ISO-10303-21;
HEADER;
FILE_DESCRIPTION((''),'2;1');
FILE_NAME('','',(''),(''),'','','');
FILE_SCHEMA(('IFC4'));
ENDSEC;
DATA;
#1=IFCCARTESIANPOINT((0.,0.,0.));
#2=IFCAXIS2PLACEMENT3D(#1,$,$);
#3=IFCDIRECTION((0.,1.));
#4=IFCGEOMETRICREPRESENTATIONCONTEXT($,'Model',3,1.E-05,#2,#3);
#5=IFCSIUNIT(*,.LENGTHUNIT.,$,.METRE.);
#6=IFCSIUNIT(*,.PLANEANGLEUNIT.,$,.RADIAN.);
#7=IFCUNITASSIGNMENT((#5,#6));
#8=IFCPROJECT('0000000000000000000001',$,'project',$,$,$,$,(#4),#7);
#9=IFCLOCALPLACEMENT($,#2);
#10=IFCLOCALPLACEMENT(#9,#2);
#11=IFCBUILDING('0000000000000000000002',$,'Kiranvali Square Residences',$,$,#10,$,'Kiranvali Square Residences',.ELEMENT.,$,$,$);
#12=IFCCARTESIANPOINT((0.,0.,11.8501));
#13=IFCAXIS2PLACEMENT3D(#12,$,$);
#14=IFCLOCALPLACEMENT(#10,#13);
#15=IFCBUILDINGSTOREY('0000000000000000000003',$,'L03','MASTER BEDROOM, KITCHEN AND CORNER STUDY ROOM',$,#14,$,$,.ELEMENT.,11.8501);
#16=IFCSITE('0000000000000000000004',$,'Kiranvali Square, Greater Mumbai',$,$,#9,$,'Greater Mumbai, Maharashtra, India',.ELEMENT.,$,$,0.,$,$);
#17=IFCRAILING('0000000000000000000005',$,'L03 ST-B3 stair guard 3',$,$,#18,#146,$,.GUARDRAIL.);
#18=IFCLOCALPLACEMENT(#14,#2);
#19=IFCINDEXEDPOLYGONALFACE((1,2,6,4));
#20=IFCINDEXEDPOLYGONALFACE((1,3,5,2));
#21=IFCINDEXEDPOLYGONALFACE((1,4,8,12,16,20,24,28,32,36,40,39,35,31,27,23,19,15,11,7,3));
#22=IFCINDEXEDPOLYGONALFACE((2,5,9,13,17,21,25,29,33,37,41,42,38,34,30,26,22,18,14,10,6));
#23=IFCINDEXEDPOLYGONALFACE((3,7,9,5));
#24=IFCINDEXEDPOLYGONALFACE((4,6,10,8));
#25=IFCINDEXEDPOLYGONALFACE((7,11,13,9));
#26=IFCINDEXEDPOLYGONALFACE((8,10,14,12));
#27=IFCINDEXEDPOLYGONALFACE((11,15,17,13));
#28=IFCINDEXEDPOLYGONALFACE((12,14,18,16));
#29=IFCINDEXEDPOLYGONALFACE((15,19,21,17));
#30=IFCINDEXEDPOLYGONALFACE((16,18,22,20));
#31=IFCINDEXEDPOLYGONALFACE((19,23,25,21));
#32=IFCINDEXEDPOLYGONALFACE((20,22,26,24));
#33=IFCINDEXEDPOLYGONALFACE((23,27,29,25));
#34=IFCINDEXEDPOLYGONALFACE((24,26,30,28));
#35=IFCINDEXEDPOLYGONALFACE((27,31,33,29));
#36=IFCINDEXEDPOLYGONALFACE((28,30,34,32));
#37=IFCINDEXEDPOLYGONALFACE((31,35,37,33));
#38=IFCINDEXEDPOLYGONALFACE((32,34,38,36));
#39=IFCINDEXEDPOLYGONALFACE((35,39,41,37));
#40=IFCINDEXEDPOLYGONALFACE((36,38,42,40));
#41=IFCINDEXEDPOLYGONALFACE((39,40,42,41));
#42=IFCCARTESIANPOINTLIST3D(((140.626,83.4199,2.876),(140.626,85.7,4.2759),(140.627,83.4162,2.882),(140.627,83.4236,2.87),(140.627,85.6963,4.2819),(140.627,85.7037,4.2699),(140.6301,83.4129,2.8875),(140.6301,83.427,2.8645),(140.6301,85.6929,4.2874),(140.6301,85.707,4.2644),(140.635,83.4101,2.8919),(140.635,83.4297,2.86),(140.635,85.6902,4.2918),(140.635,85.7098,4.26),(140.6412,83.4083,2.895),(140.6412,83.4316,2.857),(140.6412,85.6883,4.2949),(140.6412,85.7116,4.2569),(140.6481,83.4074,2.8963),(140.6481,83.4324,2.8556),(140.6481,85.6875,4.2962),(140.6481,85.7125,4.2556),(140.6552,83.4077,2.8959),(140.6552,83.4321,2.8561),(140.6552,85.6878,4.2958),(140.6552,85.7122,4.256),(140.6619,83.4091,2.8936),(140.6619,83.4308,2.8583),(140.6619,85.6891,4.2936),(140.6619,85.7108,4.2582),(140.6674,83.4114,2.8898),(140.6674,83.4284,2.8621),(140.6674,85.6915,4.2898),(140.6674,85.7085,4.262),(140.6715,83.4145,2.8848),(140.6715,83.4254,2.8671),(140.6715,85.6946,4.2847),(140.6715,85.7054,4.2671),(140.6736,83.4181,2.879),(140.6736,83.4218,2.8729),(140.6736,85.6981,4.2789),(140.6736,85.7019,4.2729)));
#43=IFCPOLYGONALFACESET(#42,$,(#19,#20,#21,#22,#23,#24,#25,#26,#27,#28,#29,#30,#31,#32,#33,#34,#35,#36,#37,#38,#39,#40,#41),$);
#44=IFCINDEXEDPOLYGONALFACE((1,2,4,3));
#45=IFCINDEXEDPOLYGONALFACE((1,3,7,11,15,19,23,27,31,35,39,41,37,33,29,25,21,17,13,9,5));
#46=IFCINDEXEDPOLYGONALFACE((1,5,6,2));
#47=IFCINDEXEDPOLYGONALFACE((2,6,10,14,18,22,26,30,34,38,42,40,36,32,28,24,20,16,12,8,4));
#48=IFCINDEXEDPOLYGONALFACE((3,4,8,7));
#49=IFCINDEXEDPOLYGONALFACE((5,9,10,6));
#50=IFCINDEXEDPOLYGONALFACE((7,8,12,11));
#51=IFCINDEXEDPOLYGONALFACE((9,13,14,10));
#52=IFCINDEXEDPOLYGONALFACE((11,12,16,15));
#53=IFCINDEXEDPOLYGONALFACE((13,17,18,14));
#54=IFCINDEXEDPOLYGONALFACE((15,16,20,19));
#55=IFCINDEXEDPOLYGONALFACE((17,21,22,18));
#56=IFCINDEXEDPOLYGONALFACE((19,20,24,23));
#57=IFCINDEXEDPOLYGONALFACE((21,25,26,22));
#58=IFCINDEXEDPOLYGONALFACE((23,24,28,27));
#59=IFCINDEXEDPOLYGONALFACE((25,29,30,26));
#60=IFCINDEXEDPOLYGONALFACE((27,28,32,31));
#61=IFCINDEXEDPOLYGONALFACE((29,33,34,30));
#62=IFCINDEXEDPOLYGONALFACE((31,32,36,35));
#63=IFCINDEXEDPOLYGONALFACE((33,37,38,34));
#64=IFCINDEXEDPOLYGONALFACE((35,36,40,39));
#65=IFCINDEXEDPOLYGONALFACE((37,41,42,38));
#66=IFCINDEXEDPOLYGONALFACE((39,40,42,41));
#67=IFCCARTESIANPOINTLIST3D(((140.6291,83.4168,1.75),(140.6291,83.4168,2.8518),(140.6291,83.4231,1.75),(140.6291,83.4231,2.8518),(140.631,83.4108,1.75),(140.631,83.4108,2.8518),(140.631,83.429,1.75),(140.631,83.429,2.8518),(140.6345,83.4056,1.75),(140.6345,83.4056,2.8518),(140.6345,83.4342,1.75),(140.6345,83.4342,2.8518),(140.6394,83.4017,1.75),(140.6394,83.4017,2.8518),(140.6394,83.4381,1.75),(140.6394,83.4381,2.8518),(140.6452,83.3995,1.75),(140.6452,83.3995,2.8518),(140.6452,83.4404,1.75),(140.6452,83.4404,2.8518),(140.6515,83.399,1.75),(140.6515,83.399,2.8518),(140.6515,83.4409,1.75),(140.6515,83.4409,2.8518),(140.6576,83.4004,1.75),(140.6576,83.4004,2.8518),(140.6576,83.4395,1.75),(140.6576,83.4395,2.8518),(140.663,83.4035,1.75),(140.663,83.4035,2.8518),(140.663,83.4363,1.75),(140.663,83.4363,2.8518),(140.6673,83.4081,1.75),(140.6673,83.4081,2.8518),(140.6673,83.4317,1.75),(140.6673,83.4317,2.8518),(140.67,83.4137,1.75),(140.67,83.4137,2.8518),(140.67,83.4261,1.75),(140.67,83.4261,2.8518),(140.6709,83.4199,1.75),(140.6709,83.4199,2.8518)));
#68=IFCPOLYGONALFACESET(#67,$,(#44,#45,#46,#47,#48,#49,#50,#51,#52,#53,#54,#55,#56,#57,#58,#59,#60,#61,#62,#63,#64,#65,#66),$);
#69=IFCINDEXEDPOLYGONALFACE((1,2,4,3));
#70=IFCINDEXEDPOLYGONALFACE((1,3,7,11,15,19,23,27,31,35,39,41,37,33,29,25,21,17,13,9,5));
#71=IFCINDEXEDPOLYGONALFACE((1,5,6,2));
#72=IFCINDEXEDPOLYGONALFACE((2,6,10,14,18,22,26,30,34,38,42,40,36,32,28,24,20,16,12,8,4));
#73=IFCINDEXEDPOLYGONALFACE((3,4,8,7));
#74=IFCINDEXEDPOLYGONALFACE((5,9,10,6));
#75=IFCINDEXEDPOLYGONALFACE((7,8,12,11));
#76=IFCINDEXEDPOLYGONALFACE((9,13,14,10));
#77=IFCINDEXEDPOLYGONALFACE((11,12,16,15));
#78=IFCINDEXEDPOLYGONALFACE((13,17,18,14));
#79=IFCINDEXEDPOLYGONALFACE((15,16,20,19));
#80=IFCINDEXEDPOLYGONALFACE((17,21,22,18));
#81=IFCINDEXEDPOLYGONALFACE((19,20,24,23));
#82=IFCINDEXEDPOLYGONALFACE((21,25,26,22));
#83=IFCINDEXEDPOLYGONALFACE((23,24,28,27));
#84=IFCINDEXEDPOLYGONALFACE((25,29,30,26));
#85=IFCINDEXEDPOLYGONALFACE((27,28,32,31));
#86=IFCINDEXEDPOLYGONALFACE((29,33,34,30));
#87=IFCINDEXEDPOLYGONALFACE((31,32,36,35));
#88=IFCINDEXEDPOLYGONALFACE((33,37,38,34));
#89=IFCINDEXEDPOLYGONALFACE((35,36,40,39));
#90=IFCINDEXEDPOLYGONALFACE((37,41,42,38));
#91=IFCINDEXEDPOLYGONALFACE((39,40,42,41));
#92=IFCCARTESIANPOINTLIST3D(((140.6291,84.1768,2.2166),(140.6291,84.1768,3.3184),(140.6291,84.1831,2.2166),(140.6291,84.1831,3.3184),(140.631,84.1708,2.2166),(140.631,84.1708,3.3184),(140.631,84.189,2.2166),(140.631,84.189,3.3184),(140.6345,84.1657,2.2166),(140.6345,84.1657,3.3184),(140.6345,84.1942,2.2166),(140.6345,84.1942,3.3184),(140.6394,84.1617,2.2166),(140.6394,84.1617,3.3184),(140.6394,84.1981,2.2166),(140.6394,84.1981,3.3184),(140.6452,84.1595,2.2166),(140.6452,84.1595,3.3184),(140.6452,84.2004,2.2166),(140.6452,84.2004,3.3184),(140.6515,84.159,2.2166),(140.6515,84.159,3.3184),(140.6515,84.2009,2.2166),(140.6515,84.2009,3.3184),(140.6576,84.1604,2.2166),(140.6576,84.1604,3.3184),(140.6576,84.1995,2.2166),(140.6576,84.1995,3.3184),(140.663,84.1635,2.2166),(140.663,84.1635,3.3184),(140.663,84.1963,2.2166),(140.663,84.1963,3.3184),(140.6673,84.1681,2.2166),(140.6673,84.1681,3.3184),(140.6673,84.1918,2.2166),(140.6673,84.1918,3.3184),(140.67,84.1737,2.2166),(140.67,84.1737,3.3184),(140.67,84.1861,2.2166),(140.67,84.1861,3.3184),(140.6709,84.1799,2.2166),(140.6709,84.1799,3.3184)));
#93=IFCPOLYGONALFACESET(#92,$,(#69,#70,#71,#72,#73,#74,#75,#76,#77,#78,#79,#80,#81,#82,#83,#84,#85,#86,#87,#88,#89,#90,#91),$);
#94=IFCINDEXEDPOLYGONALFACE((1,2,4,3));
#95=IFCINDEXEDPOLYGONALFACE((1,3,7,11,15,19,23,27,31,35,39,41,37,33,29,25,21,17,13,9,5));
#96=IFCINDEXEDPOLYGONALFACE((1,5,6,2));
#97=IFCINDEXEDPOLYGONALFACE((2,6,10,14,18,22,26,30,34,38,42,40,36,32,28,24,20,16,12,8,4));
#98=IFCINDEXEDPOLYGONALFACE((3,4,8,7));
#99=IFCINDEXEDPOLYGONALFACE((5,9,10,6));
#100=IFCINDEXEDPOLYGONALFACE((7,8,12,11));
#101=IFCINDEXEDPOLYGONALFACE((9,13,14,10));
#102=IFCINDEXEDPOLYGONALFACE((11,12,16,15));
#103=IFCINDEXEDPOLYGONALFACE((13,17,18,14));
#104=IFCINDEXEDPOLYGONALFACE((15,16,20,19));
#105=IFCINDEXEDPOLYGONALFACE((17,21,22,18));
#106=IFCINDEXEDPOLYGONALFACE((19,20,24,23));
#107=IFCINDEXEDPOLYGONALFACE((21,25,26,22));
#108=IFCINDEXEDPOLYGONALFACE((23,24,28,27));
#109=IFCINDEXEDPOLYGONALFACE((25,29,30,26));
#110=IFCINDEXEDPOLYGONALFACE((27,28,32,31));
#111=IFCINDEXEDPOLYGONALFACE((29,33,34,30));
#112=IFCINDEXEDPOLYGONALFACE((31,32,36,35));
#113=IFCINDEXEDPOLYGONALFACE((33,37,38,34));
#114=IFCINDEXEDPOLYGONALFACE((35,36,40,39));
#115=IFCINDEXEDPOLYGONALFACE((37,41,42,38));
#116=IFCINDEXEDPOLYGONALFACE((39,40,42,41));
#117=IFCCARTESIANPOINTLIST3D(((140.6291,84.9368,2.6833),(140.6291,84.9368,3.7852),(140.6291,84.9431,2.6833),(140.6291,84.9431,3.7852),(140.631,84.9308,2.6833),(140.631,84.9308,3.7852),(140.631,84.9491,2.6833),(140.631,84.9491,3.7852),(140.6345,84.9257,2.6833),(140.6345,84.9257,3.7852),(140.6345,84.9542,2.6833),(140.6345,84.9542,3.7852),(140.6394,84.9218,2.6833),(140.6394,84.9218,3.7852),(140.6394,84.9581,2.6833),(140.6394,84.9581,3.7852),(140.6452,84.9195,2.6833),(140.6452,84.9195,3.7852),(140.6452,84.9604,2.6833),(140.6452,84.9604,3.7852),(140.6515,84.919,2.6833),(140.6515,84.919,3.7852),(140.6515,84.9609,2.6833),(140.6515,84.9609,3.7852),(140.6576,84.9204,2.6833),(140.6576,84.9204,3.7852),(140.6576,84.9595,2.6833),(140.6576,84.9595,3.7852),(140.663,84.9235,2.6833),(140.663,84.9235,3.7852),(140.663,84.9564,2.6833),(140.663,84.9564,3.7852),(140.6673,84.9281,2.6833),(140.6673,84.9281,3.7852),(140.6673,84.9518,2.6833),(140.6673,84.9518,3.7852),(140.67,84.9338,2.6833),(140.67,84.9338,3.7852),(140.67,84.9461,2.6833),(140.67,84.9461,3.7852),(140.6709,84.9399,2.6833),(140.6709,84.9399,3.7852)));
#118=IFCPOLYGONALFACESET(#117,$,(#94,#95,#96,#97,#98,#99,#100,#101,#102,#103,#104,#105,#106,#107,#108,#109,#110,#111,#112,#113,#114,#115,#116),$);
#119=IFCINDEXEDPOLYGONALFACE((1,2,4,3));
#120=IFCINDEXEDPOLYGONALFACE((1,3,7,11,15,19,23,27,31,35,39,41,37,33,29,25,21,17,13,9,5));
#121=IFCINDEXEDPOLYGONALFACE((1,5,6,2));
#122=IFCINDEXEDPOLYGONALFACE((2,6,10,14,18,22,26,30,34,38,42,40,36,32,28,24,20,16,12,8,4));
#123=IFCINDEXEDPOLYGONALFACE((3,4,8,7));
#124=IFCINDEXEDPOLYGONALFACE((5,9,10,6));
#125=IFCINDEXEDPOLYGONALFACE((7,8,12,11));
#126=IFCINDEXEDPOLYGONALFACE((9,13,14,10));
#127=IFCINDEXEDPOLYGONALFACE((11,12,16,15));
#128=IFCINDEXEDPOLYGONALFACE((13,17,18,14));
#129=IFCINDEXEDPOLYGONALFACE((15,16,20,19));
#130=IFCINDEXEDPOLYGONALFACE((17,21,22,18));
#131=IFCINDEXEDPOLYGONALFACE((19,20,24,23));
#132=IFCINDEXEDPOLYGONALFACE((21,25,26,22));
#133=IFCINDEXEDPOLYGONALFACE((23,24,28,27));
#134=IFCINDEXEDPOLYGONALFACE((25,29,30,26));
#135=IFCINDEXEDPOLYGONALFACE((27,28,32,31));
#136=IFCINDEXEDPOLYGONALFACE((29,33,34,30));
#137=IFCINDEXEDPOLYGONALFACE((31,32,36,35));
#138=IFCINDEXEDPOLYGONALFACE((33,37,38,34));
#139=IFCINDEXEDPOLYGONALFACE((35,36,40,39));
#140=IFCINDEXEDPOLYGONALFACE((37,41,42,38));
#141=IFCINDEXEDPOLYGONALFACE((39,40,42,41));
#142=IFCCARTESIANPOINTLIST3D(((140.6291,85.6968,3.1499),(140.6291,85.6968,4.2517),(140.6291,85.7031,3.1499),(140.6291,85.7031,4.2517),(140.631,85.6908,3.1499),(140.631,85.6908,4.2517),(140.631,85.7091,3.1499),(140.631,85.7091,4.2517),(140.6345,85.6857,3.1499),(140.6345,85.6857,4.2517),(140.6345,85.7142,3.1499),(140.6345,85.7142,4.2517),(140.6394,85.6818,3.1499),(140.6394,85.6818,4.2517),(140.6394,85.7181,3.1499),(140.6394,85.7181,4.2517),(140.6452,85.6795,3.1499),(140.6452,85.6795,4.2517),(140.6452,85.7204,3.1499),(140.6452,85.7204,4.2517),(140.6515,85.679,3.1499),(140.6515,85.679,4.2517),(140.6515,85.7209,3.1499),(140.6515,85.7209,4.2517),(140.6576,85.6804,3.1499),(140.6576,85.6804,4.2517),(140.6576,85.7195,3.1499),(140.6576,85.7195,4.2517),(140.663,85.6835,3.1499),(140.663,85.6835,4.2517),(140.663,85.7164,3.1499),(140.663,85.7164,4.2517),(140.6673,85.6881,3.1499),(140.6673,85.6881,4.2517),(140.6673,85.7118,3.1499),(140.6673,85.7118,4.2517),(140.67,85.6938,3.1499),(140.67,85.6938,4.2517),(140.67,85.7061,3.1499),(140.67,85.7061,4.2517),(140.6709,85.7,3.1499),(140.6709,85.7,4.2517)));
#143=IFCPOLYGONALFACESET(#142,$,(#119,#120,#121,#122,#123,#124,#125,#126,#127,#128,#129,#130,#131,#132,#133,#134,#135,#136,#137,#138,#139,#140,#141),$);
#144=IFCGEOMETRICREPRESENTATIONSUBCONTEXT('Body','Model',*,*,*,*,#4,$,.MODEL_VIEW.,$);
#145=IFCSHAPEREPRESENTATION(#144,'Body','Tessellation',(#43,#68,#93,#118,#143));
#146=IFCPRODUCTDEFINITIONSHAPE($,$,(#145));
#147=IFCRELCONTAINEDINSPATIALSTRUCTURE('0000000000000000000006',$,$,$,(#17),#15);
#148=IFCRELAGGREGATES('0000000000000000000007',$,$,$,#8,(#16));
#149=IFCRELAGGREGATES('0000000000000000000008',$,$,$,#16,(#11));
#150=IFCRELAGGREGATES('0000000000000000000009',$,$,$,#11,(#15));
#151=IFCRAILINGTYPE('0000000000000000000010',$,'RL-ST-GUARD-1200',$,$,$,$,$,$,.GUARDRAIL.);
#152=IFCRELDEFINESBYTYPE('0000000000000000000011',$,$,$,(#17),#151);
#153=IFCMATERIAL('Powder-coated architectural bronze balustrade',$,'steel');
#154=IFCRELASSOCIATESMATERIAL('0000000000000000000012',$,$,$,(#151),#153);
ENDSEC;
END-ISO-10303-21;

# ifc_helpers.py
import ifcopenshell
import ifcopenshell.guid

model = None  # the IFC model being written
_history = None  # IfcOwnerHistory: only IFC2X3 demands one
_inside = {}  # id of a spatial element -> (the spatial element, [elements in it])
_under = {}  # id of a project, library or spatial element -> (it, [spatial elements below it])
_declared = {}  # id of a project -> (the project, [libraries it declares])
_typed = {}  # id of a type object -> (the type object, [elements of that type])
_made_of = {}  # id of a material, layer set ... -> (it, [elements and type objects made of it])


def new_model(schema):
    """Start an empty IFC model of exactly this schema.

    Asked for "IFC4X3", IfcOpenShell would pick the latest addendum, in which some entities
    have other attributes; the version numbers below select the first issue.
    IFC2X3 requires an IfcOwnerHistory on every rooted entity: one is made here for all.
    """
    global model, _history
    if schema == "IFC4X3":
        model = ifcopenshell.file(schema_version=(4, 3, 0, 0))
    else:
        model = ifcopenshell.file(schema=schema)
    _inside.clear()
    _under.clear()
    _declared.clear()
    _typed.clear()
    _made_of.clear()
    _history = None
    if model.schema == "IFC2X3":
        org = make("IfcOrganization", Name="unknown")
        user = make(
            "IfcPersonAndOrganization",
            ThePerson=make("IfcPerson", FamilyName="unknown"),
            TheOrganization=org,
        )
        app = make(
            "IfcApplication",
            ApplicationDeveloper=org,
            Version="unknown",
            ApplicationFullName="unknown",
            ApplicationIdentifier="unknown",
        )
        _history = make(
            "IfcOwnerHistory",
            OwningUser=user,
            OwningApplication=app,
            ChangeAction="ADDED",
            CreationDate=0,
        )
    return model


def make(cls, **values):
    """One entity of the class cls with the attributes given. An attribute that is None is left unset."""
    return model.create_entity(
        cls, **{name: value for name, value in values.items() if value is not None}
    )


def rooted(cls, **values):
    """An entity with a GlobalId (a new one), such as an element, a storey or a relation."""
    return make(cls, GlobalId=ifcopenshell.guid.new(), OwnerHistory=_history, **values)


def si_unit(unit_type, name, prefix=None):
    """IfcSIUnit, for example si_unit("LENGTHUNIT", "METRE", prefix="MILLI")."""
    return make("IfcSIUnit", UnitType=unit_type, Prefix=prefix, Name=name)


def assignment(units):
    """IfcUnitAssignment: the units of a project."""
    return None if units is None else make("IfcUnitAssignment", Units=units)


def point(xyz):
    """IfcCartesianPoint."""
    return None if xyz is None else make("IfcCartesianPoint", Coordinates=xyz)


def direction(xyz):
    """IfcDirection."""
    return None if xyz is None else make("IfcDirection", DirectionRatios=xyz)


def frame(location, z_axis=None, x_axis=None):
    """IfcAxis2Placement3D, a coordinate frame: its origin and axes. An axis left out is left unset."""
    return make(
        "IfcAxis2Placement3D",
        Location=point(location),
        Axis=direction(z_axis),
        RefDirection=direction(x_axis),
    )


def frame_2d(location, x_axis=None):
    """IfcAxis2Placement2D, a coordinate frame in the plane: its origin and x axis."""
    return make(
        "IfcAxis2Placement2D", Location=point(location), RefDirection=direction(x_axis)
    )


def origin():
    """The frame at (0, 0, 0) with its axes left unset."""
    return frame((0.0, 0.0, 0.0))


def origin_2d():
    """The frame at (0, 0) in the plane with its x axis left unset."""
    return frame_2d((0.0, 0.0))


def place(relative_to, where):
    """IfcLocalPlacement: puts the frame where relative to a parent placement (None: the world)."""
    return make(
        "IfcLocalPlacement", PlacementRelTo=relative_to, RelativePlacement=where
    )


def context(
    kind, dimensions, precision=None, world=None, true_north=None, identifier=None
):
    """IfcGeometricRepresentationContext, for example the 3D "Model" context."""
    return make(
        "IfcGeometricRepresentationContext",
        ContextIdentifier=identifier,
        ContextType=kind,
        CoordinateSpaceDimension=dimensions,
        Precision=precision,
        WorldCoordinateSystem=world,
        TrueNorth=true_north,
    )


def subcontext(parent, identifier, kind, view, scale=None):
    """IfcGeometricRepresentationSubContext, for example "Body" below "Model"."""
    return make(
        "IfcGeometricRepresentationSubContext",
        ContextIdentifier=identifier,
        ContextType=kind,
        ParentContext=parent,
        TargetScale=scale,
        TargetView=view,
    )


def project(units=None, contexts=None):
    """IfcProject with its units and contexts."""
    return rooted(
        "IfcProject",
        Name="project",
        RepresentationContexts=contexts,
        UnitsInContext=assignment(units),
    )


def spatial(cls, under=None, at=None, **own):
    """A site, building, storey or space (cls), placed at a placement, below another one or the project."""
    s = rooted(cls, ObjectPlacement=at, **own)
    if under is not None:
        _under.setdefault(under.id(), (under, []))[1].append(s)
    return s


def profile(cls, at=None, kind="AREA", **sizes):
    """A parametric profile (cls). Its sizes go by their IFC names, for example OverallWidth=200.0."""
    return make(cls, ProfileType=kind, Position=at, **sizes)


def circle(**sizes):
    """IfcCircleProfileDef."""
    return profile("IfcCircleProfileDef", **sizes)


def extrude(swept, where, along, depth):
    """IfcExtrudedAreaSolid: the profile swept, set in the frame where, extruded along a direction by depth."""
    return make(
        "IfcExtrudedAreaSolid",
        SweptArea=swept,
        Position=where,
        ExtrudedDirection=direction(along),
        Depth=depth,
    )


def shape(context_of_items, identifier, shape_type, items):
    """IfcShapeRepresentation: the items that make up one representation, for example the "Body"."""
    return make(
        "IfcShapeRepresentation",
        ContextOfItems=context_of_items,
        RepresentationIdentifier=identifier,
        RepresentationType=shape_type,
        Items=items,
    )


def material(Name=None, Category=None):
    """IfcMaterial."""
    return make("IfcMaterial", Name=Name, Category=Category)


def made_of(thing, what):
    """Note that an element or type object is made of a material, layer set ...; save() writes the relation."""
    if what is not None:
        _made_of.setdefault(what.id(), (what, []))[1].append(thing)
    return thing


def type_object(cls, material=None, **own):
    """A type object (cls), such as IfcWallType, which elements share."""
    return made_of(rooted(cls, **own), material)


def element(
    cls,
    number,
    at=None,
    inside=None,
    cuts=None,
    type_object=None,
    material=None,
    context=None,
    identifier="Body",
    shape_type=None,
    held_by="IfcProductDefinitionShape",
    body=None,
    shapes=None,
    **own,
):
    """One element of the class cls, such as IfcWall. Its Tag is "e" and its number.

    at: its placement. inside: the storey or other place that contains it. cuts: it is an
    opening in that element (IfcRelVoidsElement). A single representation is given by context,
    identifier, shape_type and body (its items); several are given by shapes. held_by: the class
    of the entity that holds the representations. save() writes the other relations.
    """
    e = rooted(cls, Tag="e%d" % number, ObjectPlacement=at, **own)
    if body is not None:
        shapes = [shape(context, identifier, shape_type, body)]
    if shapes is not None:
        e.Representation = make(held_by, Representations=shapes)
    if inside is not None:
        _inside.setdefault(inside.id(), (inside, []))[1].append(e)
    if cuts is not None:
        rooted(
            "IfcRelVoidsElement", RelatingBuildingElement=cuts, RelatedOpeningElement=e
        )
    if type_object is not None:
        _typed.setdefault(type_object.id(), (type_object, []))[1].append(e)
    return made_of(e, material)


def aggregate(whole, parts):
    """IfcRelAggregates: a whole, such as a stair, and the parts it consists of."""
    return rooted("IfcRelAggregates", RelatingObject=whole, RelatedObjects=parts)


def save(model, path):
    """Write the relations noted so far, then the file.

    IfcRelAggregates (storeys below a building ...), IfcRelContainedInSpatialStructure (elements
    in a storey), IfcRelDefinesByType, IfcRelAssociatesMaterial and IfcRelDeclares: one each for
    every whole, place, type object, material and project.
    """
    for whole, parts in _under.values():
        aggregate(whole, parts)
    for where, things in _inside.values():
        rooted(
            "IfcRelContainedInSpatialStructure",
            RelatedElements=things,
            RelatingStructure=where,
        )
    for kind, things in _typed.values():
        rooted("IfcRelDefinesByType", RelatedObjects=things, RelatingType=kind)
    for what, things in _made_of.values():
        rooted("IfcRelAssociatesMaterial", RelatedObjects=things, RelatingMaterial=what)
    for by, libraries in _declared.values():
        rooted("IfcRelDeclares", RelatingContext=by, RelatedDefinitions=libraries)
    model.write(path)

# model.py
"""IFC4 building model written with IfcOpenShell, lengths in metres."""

from ifc_helpers import new_model, si_unit, direction, frame, origin, origin_2d, place, context, subcontext, project, spatial, circle, extrude, material, type_object, element, save


model = new_model("IFC4")

# Units and contexts
model_context = context("Model", 3, precision=1e-05, world=origin(), true_north=direction((0.0, 1.0)))
body_context = subcontext(model_context, "Body", "Model", "MODEL_VIEW")
ifc_project = project(units=[si_unit("LENGTHUNIT", "METRE"), si_unit("PLANEANGLEUNIT", "RADIAN")], contexts=[model_context])

# Site, building, storey
site_placement = place(None, origin())
site = spatial("IfcSite", under=ifc_project, at=site_placement, Name="Kiranvali Square, Greater Mumbai", LongName="Greater Mumbai, Maharashtra, India", CompositionType="ELEMENT", RefElevation=0.0)
building_placement = place(site_placement, origin())
building = spatial("IfcBuilding", under=site, at=building_placement, Name="Kiranvali Square Residences", LongName="Kiranvali Square Residences", CompositionType="ELEMENT")
storey_placement = place(building_placement, frame((0.0, 0.0, 11.8501)))
storey = spatial("IfcBuildingStorey", under=building, at=storey_placement, Name="L03", Description="MASTER BEDROOM, KITCHEN AND CORNER STUDY ROOM", CompositionType="ELEMENT", Elevation=11.8501)

# Railing
ifc_material_1 = material(Name="Powder-coated architectural bronze balustrade", Category="steel")
railing_type_1 = type_object("IfcRailingType", Name="RL-ST-GUARD-1200", PredefinedType="GUARDRAIL", material=ifc_material_1)
railing_1_placement = place(storey_placement, frame((140.6499, 83.4199, 1.75)))
element("IfcRailing", 1, at=railing_1_placement, inside=storey, type_object=railing_type_1, Name="L03 ST-B3 stair guard 3", PredefinedType="GUARDRAIL", context=body_context, shape_type="SweptSolid", body=[
    extrude(circle(Radius=0.0239, at=origin_2d()), frame((0.0, 0.0, 1.126), z_axis=(0.0, 0.85219, 0.523232), x_axis=(-1.0, 0.0, 0.0)), (0.0, 0.0, 1.0), 2.6755),
    extrude(circle(Radius=0.021, at=origin_2d()), origin(), (0.0, 0.0, 1.0), 1.1018),
    extrude(circle(Radius=0.021, at=origin_2d()), frame((0.0, 0.76, 0.4666)), (0.0, 0.0, 1.0), 1.1018),
    extrude(circle(Radius=0.021, at=origin_2d()), frame((0.0, 1.52, 0.9333)), (0.0, 0.0, 1.0), 1.1018),
    extrude(circle(Radius=0.021, at=origin_2d()), frame((0.0, 2.28, 1.3999)), (0.0, 0.0, 1.0), 1.1018),
])

save(model, "model.ifc")
